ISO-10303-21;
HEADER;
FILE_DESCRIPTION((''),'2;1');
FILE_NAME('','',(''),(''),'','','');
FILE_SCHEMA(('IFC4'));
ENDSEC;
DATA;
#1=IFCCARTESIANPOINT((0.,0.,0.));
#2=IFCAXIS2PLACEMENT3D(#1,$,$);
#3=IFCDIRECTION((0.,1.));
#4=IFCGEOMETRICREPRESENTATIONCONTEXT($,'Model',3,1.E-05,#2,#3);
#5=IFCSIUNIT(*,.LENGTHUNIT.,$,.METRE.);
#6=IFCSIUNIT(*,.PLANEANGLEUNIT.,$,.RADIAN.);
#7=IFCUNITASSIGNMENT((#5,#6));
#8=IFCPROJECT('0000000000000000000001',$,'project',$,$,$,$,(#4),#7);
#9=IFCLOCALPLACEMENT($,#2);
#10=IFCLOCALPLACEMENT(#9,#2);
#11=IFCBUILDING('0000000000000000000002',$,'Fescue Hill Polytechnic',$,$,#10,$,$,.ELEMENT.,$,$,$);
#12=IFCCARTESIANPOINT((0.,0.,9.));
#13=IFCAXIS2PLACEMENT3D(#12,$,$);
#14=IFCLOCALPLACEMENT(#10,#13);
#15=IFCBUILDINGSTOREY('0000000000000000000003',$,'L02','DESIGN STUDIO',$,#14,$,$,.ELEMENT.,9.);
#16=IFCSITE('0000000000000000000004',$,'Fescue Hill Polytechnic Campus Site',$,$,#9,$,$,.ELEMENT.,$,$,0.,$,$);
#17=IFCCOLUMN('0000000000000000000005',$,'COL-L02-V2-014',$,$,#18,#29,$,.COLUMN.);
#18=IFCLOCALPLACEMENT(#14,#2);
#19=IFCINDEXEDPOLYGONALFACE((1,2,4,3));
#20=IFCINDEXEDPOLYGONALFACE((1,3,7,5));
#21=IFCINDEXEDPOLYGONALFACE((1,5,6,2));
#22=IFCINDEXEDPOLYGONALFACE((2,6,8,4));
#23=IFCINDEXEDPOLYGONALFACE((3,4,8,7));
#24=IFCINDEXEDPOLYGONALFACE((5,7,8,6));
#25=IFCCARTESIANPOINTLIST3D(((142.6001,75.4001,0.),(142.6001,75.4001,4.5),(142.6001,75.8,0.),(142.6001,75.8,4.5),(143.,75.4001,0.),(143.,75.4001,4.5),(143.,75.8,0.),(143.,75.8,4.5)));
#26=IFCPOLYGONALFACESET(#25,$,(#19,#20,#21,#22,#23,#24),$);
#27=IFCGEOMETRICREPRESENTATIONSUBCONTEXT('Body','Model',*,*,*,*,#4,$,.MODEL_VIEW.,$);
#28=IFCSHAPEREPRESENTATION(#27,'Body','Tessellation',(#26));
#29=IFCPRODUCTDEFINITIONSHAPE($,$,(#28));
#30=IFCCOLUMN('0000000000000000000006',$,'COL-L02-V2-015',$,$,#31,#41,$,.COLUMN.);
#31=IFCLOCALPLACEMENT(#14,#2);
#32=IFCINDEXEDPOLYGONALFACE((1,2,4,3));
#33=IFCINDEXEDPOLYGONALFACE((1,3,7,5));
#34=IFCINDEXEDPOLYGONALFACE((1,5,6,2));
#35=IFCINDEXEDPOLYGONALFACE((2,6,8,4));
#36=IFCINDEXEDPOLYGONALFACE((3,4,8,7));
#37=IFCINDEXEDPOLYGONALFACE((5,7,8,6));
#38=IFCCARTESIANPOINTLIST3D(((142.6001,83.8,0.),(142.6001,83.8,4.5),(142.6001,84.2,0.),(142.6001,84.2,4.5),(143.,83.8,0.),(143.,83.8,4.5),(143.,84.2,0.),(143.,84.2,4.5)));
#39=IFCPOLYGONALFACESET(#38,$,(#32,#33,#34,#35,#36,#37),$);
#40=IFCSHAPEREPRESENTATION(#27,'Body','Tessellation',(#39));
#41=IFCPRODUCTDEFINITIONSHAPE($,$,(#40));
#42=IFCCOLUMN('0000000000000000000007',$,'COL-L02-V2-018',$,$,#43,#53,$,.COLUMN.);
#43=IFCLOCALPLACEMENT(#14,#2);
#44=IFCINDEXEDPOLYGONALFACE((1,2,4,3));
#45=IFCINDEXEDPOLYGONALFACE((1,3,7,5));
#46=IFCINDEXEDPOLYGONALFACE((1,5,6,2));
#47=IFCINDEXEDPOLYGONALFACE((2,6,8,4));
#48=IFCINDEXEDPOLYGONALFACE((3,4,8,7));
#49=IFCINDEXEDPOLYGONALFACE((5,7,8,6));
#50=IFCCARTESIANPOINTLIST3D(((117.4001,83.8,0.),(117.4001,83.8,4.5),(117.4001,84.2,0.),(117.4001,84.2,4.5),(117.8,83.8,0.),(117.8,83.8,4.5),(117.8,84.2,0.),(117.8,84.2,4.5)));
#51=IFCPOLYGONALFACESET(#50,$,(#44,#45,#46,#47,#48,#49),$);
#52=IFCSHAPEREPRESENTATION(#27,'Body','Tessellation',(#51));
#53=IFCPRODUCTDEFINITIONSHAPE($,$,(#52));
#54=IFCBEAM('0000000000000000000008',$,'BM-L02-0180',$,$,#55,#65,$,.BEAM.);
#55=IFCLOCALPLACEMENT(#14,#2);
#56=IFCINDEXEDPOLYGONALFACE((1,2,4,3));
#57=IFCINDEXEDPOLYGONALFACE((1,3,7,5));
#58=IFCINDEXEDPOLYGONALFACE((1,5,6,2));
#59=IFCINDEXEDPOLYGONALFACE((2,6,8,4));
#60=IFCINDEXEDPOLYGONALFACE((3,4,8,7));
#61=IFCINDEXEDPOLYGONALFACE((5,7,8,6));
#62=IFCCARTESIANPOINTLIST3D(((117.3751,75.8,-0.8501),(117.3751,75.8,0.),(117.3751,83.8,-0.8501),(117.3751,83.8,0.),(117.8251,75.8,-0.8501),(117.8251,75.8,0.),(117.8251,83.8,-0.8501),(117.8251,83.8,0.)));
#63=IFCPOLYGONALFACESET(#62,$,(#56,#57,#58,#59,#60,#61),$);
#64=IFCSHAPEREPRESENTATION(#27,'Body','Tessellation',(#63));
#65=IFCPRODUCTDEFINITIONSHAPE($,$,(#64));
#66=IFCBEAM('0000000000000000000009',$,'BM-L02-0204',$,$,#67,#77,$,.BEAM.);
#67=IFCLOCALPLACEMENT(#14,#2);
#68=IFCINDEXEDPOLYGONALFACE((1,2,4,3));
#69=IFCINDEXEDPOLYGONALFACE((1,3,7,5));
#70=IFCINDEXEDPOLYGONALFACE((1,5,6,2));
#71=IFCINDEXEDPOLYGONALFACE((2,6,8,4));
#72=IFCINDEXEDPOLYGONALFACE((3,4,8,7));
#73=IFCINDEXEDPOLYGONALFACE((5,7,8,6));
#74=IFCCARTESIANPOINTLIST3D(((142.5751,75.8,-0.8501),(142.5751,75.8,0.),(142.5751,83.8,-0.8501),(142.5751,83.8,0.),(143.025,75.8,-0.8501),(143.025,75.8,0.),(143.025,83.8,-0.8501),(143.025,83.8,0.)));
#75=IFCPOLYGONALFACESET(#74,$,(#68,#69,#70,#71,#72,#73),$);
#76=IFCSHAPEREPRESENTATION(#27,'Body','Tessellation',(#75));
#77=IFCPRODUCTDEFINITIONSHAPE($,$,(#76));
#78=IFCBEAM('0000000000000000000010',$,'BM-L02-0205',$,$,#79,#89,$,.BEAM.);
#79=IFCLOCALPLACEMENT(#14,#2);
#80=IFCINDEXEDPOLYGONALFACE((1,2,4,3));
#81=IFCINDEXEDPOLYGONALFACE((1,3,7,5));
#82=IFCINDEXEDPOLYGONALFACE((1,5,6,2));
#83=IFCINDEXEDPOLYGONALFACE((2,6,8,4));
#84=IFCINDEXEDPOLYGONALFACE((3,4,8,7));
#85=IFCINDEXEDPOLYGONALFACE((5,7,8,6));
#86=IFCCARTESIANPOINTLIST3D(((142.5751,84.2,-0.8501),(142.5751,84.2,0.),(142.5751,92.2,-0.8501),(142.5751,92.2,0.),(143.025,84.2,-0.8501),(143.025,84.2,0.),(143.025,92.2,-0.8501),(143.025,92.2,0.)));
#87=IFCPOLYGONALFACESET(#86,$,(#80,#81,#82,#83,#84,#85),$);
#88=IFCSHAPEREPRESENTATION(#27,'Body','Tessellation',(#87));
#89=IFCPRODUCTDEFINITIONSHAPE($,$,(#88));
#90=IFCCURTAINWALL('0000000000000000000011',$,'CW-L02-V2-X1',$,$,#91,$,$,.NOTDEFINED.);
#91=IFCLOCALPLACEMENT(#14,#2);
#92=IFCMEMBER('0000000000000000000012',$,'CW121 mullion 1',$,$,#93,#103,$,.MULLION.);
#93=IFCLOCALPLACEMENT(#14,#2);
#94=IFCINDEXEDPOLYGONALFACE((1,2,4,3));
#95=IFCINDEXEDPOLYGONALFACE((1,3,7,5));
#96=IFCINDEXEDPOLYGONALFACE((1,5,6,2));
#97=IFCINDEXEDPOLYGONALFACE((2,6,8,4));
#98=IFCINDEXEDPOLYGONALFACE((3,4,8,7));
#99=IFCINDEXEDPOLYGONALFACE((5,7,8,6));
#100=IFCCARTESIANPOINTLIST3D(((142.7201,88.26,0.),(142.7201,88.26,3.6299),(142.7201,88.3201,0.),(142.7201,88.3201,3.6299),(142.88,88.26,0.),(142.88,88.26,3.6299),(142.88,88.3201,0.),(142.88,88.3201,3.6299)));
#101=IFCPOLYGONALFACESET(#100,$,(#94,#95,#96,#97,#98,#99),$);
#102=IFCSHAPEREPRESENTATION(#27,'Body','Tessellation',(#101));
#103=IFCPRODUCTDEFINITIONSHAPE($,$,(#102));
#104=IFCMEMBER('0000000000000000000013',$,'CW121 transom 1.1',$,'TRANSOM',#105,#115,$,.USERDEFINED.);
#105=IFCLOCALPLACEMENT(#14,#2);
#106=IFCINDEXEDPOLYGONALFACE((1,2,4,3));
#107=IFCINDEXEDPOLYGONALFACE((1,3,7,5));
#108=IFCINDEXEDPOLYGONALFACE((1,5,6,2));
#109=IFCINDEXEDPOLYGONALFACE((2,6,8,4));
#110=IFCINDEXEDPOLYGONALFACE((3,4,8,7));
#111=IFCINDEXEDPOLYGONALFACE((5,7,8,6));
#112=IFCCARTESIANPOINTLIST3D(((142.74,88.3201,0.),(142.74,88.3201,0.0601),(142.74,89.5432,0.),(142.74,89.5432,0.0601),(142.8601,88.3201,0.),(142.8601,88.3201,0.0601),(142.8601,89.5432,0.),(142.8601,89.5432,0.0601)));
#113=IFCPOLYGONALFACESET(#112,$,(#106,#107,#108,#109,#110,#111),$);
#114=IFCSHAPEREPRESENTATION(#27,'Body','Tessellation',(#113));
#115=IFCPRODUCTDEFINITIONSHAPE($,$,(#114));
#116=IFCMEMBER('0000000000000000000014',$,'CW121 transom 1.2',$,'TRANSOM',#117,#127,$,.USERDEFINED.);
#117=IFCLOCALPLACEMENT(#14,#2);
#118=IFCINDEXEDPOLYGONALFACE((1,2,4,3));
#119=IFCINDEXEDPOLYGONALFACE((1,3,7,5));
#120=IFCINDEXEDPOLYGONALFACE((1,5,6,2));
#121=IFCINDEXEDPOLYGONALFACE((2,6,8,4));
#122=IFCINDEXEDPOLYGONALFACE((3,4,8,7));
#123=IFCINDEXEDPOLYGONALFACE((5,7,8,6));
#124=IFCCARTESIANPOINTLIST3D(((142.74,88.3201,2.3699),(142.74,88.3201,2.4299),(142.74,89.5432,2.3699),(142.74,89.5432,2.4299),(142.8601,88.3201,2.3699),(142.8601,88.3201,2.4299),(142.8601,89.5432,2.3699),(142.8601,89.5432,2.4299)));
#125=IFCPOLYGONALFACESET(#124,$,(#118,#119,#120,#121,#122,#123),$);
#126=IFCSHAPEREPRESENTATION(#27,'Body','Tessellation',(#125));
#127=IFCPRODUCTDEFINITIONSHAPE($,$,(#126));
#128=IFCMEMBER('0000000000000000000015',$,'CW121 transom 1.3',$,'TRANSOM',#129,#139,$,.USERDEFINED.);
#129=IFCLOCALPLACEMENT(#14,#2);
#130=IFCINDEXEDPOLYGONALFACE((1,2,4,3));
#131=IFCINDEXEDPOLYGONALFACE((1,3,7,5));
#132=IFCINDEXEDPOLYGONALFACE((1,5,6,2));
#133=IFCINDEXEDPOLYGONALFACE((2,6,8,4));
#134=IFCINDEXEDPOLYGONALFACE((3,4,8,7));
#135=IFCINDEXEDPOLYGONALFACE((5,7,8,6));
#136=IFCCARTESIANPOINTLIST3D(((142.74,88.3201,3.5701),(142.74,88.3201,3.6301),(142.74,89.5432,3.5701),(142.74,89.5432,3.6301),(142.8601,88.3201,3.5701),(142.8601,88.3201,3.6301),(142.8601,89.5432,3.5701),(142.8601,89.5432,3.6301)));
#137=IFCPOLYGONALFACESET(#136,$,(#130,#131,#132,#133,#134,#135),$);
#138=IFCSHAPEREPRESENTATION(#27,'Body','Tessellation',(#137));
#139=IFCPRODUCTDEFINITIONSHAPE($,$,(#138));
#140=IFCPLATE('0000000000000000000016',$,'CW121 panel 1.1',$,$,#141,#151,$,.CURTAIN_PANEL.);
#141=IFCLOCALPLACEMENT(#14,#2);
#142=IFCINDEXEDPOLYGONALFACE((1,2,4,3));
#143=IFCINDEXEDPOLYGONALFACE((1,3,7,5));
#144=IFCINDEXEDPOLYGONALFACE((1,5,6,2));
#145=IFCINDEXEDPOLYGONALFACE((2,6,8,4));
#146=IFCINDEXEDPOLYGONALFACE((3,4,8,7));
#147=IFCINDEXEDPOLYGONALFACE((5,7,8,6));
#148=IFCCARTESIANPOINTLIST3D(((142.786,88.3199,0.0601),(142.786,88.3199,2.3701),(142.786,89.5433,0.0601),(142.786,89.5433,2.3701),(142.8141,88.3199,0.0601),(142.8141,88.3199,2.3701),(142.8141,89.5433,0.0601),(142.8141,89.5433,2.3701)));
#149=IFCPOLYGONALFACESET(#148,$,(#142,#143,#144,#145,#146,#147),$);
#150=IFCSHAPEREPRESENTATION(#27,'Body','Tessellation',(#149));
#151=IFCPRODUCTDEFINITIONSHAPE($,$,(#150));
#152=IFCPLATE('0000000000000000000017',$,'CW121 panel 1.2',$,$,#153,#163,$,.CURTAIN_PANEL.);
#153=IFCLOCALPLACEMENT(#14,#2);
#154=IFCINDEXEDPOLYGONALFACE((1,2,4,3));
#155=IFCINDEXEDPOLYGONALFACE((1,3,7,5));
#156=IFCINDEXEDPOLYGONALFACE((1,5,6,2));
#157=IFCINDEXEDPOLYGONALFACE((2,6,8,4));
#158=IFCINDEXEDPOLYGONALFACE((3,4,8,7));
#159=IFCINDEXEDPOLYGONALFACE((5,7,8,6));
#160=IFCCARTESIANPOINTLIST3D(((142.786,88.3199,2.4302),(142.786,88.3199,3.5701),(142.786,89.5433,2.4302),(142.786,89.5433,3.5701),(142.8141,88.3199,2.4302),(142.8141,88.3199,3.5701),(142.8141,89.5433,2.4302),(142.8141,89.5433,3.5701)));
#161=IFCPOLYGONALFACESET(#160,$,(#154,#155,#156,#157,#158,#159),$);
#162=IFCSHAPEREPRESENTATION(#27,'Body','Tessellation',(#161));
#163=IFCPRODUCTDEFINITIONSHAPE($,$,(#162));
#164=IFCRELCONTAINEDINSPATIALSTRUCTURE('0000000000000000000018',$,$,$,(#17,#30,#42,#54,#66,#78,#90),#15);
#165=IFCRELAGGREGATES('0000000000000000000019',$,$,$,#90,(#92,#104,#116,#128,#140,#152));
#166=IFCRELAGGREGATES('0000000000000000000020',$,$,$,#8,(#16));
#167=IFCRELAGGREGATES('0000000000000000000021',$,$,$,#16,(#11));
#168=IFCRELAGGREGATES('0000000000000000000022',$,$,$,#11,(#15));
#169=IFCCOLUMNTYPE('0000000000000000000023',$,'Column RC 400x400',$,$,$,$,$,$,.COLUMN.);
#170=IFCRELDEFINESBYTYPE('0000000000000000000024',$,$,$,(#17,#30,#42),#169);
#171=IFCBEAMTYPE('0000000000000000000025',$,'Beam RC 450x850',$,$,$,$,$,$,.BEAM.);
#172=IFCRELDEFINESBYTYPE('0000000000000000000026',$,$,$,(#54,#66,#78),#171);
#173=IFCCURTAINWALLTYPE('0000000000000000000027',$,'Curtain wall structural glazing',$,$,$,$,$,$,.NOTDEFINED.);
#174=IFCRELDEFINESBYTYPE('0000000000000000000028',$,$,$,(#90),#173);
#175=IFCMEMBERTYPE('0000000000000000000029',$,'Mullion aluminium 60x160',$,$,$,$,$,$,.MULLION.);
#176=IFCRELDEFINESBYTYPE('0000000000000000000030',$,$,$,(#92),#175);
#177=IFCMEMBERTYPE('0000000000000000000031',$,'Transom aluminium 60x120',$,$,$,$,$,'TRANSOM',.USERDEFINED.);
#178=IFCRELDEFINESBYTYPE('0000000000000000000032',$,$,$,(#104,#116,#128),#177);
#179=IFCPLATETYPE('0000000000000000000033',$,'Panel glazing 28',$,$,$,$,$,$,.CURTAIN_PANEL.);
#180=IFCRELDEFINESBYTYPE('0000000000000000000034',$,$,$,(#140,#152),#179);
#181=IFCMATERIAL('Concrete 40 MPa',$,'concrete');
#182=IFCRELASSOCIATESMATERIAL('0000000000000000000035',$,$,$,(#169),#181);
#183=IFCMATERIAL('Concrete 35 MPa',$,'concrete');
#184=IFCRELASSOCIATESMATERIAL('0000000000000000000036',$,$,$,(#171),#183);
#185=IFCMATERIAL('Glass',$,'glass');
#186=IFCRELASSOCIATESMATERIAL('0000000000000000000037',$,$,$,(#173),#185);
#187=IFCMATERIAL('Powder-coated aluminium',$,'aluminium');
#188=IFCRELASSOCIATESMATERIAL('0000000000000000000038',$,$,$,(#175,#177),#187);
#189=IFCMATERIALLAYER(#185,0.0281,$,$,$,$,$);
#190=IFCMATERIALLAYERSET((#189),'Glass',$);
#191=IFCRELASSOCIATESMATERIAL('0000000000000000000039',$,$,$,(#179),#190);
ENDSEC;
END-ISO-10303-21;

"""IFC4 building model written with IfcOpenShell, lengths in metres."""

from ifc_helpers import new_model, si_unit, direction, frame, origin, origin_2d, place, context, subcontext, project, spatial, rectangle, extrude, material, layer, layer_set, material_profile, profile_set, type_object, element, aggregate, save


model = new_model("IFC4")

# Units and contexts
model_context = context("Model", 3, precision=1e-05, world=origin(), true_north=direction((0.0, 1.0)))
body_context = subcontext(model_context, "Body", "Model", "MODEL_VIEW")
ifc_project = project(units=[si_unit("LENGTHUNIT", "METRE"), si_unit("PLANEANGLEUNIT", "RADIAN")], contexts=[model_context])

# Site, building, storey
site_placement = place(None, origin())
site = spatial("IfcSite", under=ifc_project, at=site_placement, Name="Fescue Hill Polytechnic Campus Site", CompositionType="ELEMENT", RefElevation=0.0)
building_placement = place(site_placement, origin())
building = spatial("IfcBuilding", under=site, at=building_placement, Name="Fescue Hill Polytechnic", CompositionType="ELEMENT")
storey_placement = place(building_placement, frame((0.0, 0.0, 9.0)))
storey = spatial("IfcBuildingStorey", under=building, at=storey_placement, Name="L02", Description="DESIGN STUDIO", CompositionType="ELEMENT", Elevation=9.0)

# Columns
ifc_material_1 = material(Name="Concrete 40 MPa", Category="concrete")
ifc_material_profile_1 = material_profile(ifc_material_1, rectangle(XDim=0.3999, YDim=0.3999, at=origin_2d()), Name="RC 400x400")
ifc_profile_set_1 = profile_set([ifc_material_profile_1], Name="Concrete 40 MPa")
column_type = type_object("IfcColumnType", Name="Column RC 400x400", PredefinedType="COLUMN", material=ifc_profile_set_1)
for number, where, z_axis, x_axis, name in (
    (1, (142.8, 75.6001, 0.0), (0.0, 0.0, 1.0), (1.0, 0.0, 0.0), "COL-L02-V2-014"),
    (2, (142.8, 84.0, 0.0), (0.0, 0.0, 1.0), (1.0, 0.0, 0.0), "COL-L02-V2-015"),
    (3, (117.6001, 84.0, 0.0), (0.0, 0.0, 1.0), (1.0, 0.0, 0.0), "COL-L02-V2-018"),
):
    element("IfcColumn", number, at=place(storey_placement, frame(where, z_axis=z_axis, x_axis=x_axis)), inside=storey, type_object=column_type, Name=name, PredefinedType="COLUMN", context=body_context, shape_type="SweptSolid", body=[
        extrude(rectangle(XDim=0.3999, YDim=0.3999, at=origin_2d()), origin(), (0.0, 0.0, 1.0), 4.5),
    ])

# Beams
ifc_material_2 = material(Name="Concrete 35 MPa", Category="concrete")
ifc_material_profile_2 = material_profile(ifc_material_2, rectangle(XDim=0.45, YDim=0.8501, at=origin_2d()), Name="RC 450x850")
ifc_profile_set_2 = profile_set([ifc_material_profile_2], Name="Concrete 35 MPa")
beam_type = type_object("IfcBeamType", Name="Beam RC 450x850", PredefinedType="BEAM", material=ifc_profile_set_2)
for number, where, z_axis, x_axis, name in (
    (4, (117.6001, 83.8, -0.425), (0.0, -1.0, 0.0), (1.0, 0.0, 0.0), "BM-L02-0180"),
    (5, (142.8, 75.8, -0.425), (0.0, 1.0, 0.0), (-1.0, 0.0, 0.0), "BM-L02-0204"),
    (6, (142.8, 84.2, -0.425), (0.0, 1.0, 0.0), (-1.0, 0.0, 0.0), "BM-L02-0205"),
):
    element("IfcBeam", number, at=place(storey_placement, frame(where, z_axis=z_axis, x_axis=x_axis)), inside=storey, type_object=beam_type, Name=name, PredefinedType="BEAM", context=body_context, shape_type="SweptSolid", body=[
        extrude(rectangle(XDim=0.45, YDim=0.8501, at=origin_2d()), origin(), (0.0, 0.0, 1.0), 8.0),
    ])

# Curtain wall, members, plates
ifc_material_3 = material(Name="Glass", Category="glass")
curtain_wall_type = type_object("IfcCurtainWallType", Name="Curtain wall structural glazing", PredefinedType="NOTDEFINED", material=ifc_material_3)
curtain_wall_placement = place(storey_placement, origin())
curtain_wall = element("IfcCurtainWall", 7, at=curtain_wall_placement, inside=storey, type_object=curtain_wall_type, Name="CW-L02-V2-X1", PredefinedType="NOTDEFINED")
ifc_material_4 = material(Name="Powder-coated aluminium", Category="aluminium")
ifc_material_profile_3 = material_profile(ifc_material_4, rectangle(XDim=0.1599, YDim=0.0601, at=origin_2d()), Name="Mullion aluminium 60x160")
ifc_profile_set_3 = profile_set([ifc_material_profile_3], Name="Powder-coated aluminium")
member_type_1 = type_object("IfcMemberType", Name="Mullion aluminium 60x160", PredefinedType="MULLION", material=ifc_profile_set_3)
member_1_placement = place(storey_placement, frame((142.8, 88.29, 0.0), z_axis=(0.0, 0.0, 1.0), x_axis=(-1.0, 0.0, 0.0)))
member_1 = element("IfcMember", 8, at=member_1_placement, type_object=member_type_1, Name="CW121 mullion 1", PredefinedType="MULLION", context=body_context, shape_type="SweptSolid", body=[
    extrude(rectangle(XDim=0.1599, YDim=0.0601, at=origin_2d()), origin(), (0.0, 0.0, 1.0), 3.6299),
])
ifc_material_profile_4 = material_profile(ifc_material_4, rectangle(XDim=0.1201, YDim=0.0601, at=origin_2d()), Name="Transom aluminium 60x120")
ifc_profile_set_4 = profile_set([ifc_material_profile_4], Name="Powder-coated aluminium")
member_type_2 = type_object("IfcMemberType", Name="Transom aluminium 60x120", ElementType="TRANSOM", PredefinedType="USERDEFINED", material=ifc_profile_set_4)
member_2_placement = place(storey_placement, frame((142.8, 88.3201, 0.03), z_axis=(0.0, 1.0, 0.0), x_axis=(-1.0, 0.0, 0.0)))
member_2 = element("IfcMember", 9, at=member_2_placement, type_object=member_type_2, Name="CW121 transom 1.1", ObjectType="TRANSOM", PredefinedType="USERDEFINED", context=body_context, shape_type="SweptSolid", body=[
    extrude(rectangle(XDim=0.1201, YDim=0.0601, at=origin_2d()), origin(), (0.0, 0.0, 1.0), 1.2231),
])
member_3_placement = place(storey_placement, frame((142.8, 88.3201, 2.3999), z_axis=(0.0, 1.0, 0.0), x_axis=(-1.0, 0.0, 0.0)))
member_3 = element("IfcMember", 10, at=member_3_placement, type_object=member_type_2, Name="CW121 transom 1.2", ObjectType="TRANSOM", PredefinedType="USERDEFINED", context=body_context, shape_type="SweptSolid", body=[
    extrude(rectangle(XDim=0.1201, YDim=0.0601, at=origin_2d()), origin(), (0.0, 0.0, 1.0), 1.2231),
])
member_4_placement = place(storey_placement, frame((142.8, 88.3201, 3.6001), z_axis=(0.0, 1.0, 0.0), x_axis=(-1.0, 0.0, 0.0)))
member_4 = element("IfcMember", 11, at=member_4_placement, type_object=member_type_2, Name="CW121 transom 1.3", ObjectType="TRANSOM", PredefinedType="USERDEFINED", context=body_context, shape_type="SweptSolid", body=[
    extrude(rectangle(XDim=0.1201, YDim=0.0601, at=origin_2d()), origin(), (0.0, 0.0, 1.0), 1.2231),
])
ifc_layer_1 = layer(ifc_material_3, 0.0281)
ifc_layer_set_1 = layer_set([ifc_layer_1], Name="Glass")
plate_type = type_object("IfcPlateType", Name="Panel glazing 28", PredefinedType="CURTAIN_PANEL", material=ifc_layer_set_1)
plate_1_placement = place(storey_placement, frame((142.8, 88.9316, 0.0601), z_axis=(0.0, 0.0, 1.0), x_axis=(0.0, 1.0, 0.0)))
plate_1 = element("IfcPlate", 12, at=plate_1_placement, type_object=plate_type, Name="CW121 panel 1.1", PredefinedType="CURTAIN_PANEL", context=body_context, shape_type="SweptSolid", body=[
    extrude(rectangle(XDim=1.2234, YDim=0.0281, at=origin_2d()), origin(), (0.0, 0.0, 1.0), 2.3101),
])
plate_2_placement = place(storey_placement, frame((142.8, 88.9316, 2.4302), z_axis=(0.0, 0.0, 1.0), x_axis=(0.0, 1.0, 0.0)))
plate_2 = element("IfcPlate", 13, at=plate_2_placement, type_object=plate_type, Name="CW121 panel 1.2", PredefinedType="CURTAIN_PANEL", context=body_context, shape_type="SweptSolid", body=[
    extrude(rectangle(XDim=1.2234, YDim=0.0281, at=origin_2d()), origin(), (0.0, 0.0, 1.0), 1.1399),
])
aggregate(curtain_wall, [member_1, member_2, member_3, member_4, plate_1, plate_2])

save(model, "model.ifc")
